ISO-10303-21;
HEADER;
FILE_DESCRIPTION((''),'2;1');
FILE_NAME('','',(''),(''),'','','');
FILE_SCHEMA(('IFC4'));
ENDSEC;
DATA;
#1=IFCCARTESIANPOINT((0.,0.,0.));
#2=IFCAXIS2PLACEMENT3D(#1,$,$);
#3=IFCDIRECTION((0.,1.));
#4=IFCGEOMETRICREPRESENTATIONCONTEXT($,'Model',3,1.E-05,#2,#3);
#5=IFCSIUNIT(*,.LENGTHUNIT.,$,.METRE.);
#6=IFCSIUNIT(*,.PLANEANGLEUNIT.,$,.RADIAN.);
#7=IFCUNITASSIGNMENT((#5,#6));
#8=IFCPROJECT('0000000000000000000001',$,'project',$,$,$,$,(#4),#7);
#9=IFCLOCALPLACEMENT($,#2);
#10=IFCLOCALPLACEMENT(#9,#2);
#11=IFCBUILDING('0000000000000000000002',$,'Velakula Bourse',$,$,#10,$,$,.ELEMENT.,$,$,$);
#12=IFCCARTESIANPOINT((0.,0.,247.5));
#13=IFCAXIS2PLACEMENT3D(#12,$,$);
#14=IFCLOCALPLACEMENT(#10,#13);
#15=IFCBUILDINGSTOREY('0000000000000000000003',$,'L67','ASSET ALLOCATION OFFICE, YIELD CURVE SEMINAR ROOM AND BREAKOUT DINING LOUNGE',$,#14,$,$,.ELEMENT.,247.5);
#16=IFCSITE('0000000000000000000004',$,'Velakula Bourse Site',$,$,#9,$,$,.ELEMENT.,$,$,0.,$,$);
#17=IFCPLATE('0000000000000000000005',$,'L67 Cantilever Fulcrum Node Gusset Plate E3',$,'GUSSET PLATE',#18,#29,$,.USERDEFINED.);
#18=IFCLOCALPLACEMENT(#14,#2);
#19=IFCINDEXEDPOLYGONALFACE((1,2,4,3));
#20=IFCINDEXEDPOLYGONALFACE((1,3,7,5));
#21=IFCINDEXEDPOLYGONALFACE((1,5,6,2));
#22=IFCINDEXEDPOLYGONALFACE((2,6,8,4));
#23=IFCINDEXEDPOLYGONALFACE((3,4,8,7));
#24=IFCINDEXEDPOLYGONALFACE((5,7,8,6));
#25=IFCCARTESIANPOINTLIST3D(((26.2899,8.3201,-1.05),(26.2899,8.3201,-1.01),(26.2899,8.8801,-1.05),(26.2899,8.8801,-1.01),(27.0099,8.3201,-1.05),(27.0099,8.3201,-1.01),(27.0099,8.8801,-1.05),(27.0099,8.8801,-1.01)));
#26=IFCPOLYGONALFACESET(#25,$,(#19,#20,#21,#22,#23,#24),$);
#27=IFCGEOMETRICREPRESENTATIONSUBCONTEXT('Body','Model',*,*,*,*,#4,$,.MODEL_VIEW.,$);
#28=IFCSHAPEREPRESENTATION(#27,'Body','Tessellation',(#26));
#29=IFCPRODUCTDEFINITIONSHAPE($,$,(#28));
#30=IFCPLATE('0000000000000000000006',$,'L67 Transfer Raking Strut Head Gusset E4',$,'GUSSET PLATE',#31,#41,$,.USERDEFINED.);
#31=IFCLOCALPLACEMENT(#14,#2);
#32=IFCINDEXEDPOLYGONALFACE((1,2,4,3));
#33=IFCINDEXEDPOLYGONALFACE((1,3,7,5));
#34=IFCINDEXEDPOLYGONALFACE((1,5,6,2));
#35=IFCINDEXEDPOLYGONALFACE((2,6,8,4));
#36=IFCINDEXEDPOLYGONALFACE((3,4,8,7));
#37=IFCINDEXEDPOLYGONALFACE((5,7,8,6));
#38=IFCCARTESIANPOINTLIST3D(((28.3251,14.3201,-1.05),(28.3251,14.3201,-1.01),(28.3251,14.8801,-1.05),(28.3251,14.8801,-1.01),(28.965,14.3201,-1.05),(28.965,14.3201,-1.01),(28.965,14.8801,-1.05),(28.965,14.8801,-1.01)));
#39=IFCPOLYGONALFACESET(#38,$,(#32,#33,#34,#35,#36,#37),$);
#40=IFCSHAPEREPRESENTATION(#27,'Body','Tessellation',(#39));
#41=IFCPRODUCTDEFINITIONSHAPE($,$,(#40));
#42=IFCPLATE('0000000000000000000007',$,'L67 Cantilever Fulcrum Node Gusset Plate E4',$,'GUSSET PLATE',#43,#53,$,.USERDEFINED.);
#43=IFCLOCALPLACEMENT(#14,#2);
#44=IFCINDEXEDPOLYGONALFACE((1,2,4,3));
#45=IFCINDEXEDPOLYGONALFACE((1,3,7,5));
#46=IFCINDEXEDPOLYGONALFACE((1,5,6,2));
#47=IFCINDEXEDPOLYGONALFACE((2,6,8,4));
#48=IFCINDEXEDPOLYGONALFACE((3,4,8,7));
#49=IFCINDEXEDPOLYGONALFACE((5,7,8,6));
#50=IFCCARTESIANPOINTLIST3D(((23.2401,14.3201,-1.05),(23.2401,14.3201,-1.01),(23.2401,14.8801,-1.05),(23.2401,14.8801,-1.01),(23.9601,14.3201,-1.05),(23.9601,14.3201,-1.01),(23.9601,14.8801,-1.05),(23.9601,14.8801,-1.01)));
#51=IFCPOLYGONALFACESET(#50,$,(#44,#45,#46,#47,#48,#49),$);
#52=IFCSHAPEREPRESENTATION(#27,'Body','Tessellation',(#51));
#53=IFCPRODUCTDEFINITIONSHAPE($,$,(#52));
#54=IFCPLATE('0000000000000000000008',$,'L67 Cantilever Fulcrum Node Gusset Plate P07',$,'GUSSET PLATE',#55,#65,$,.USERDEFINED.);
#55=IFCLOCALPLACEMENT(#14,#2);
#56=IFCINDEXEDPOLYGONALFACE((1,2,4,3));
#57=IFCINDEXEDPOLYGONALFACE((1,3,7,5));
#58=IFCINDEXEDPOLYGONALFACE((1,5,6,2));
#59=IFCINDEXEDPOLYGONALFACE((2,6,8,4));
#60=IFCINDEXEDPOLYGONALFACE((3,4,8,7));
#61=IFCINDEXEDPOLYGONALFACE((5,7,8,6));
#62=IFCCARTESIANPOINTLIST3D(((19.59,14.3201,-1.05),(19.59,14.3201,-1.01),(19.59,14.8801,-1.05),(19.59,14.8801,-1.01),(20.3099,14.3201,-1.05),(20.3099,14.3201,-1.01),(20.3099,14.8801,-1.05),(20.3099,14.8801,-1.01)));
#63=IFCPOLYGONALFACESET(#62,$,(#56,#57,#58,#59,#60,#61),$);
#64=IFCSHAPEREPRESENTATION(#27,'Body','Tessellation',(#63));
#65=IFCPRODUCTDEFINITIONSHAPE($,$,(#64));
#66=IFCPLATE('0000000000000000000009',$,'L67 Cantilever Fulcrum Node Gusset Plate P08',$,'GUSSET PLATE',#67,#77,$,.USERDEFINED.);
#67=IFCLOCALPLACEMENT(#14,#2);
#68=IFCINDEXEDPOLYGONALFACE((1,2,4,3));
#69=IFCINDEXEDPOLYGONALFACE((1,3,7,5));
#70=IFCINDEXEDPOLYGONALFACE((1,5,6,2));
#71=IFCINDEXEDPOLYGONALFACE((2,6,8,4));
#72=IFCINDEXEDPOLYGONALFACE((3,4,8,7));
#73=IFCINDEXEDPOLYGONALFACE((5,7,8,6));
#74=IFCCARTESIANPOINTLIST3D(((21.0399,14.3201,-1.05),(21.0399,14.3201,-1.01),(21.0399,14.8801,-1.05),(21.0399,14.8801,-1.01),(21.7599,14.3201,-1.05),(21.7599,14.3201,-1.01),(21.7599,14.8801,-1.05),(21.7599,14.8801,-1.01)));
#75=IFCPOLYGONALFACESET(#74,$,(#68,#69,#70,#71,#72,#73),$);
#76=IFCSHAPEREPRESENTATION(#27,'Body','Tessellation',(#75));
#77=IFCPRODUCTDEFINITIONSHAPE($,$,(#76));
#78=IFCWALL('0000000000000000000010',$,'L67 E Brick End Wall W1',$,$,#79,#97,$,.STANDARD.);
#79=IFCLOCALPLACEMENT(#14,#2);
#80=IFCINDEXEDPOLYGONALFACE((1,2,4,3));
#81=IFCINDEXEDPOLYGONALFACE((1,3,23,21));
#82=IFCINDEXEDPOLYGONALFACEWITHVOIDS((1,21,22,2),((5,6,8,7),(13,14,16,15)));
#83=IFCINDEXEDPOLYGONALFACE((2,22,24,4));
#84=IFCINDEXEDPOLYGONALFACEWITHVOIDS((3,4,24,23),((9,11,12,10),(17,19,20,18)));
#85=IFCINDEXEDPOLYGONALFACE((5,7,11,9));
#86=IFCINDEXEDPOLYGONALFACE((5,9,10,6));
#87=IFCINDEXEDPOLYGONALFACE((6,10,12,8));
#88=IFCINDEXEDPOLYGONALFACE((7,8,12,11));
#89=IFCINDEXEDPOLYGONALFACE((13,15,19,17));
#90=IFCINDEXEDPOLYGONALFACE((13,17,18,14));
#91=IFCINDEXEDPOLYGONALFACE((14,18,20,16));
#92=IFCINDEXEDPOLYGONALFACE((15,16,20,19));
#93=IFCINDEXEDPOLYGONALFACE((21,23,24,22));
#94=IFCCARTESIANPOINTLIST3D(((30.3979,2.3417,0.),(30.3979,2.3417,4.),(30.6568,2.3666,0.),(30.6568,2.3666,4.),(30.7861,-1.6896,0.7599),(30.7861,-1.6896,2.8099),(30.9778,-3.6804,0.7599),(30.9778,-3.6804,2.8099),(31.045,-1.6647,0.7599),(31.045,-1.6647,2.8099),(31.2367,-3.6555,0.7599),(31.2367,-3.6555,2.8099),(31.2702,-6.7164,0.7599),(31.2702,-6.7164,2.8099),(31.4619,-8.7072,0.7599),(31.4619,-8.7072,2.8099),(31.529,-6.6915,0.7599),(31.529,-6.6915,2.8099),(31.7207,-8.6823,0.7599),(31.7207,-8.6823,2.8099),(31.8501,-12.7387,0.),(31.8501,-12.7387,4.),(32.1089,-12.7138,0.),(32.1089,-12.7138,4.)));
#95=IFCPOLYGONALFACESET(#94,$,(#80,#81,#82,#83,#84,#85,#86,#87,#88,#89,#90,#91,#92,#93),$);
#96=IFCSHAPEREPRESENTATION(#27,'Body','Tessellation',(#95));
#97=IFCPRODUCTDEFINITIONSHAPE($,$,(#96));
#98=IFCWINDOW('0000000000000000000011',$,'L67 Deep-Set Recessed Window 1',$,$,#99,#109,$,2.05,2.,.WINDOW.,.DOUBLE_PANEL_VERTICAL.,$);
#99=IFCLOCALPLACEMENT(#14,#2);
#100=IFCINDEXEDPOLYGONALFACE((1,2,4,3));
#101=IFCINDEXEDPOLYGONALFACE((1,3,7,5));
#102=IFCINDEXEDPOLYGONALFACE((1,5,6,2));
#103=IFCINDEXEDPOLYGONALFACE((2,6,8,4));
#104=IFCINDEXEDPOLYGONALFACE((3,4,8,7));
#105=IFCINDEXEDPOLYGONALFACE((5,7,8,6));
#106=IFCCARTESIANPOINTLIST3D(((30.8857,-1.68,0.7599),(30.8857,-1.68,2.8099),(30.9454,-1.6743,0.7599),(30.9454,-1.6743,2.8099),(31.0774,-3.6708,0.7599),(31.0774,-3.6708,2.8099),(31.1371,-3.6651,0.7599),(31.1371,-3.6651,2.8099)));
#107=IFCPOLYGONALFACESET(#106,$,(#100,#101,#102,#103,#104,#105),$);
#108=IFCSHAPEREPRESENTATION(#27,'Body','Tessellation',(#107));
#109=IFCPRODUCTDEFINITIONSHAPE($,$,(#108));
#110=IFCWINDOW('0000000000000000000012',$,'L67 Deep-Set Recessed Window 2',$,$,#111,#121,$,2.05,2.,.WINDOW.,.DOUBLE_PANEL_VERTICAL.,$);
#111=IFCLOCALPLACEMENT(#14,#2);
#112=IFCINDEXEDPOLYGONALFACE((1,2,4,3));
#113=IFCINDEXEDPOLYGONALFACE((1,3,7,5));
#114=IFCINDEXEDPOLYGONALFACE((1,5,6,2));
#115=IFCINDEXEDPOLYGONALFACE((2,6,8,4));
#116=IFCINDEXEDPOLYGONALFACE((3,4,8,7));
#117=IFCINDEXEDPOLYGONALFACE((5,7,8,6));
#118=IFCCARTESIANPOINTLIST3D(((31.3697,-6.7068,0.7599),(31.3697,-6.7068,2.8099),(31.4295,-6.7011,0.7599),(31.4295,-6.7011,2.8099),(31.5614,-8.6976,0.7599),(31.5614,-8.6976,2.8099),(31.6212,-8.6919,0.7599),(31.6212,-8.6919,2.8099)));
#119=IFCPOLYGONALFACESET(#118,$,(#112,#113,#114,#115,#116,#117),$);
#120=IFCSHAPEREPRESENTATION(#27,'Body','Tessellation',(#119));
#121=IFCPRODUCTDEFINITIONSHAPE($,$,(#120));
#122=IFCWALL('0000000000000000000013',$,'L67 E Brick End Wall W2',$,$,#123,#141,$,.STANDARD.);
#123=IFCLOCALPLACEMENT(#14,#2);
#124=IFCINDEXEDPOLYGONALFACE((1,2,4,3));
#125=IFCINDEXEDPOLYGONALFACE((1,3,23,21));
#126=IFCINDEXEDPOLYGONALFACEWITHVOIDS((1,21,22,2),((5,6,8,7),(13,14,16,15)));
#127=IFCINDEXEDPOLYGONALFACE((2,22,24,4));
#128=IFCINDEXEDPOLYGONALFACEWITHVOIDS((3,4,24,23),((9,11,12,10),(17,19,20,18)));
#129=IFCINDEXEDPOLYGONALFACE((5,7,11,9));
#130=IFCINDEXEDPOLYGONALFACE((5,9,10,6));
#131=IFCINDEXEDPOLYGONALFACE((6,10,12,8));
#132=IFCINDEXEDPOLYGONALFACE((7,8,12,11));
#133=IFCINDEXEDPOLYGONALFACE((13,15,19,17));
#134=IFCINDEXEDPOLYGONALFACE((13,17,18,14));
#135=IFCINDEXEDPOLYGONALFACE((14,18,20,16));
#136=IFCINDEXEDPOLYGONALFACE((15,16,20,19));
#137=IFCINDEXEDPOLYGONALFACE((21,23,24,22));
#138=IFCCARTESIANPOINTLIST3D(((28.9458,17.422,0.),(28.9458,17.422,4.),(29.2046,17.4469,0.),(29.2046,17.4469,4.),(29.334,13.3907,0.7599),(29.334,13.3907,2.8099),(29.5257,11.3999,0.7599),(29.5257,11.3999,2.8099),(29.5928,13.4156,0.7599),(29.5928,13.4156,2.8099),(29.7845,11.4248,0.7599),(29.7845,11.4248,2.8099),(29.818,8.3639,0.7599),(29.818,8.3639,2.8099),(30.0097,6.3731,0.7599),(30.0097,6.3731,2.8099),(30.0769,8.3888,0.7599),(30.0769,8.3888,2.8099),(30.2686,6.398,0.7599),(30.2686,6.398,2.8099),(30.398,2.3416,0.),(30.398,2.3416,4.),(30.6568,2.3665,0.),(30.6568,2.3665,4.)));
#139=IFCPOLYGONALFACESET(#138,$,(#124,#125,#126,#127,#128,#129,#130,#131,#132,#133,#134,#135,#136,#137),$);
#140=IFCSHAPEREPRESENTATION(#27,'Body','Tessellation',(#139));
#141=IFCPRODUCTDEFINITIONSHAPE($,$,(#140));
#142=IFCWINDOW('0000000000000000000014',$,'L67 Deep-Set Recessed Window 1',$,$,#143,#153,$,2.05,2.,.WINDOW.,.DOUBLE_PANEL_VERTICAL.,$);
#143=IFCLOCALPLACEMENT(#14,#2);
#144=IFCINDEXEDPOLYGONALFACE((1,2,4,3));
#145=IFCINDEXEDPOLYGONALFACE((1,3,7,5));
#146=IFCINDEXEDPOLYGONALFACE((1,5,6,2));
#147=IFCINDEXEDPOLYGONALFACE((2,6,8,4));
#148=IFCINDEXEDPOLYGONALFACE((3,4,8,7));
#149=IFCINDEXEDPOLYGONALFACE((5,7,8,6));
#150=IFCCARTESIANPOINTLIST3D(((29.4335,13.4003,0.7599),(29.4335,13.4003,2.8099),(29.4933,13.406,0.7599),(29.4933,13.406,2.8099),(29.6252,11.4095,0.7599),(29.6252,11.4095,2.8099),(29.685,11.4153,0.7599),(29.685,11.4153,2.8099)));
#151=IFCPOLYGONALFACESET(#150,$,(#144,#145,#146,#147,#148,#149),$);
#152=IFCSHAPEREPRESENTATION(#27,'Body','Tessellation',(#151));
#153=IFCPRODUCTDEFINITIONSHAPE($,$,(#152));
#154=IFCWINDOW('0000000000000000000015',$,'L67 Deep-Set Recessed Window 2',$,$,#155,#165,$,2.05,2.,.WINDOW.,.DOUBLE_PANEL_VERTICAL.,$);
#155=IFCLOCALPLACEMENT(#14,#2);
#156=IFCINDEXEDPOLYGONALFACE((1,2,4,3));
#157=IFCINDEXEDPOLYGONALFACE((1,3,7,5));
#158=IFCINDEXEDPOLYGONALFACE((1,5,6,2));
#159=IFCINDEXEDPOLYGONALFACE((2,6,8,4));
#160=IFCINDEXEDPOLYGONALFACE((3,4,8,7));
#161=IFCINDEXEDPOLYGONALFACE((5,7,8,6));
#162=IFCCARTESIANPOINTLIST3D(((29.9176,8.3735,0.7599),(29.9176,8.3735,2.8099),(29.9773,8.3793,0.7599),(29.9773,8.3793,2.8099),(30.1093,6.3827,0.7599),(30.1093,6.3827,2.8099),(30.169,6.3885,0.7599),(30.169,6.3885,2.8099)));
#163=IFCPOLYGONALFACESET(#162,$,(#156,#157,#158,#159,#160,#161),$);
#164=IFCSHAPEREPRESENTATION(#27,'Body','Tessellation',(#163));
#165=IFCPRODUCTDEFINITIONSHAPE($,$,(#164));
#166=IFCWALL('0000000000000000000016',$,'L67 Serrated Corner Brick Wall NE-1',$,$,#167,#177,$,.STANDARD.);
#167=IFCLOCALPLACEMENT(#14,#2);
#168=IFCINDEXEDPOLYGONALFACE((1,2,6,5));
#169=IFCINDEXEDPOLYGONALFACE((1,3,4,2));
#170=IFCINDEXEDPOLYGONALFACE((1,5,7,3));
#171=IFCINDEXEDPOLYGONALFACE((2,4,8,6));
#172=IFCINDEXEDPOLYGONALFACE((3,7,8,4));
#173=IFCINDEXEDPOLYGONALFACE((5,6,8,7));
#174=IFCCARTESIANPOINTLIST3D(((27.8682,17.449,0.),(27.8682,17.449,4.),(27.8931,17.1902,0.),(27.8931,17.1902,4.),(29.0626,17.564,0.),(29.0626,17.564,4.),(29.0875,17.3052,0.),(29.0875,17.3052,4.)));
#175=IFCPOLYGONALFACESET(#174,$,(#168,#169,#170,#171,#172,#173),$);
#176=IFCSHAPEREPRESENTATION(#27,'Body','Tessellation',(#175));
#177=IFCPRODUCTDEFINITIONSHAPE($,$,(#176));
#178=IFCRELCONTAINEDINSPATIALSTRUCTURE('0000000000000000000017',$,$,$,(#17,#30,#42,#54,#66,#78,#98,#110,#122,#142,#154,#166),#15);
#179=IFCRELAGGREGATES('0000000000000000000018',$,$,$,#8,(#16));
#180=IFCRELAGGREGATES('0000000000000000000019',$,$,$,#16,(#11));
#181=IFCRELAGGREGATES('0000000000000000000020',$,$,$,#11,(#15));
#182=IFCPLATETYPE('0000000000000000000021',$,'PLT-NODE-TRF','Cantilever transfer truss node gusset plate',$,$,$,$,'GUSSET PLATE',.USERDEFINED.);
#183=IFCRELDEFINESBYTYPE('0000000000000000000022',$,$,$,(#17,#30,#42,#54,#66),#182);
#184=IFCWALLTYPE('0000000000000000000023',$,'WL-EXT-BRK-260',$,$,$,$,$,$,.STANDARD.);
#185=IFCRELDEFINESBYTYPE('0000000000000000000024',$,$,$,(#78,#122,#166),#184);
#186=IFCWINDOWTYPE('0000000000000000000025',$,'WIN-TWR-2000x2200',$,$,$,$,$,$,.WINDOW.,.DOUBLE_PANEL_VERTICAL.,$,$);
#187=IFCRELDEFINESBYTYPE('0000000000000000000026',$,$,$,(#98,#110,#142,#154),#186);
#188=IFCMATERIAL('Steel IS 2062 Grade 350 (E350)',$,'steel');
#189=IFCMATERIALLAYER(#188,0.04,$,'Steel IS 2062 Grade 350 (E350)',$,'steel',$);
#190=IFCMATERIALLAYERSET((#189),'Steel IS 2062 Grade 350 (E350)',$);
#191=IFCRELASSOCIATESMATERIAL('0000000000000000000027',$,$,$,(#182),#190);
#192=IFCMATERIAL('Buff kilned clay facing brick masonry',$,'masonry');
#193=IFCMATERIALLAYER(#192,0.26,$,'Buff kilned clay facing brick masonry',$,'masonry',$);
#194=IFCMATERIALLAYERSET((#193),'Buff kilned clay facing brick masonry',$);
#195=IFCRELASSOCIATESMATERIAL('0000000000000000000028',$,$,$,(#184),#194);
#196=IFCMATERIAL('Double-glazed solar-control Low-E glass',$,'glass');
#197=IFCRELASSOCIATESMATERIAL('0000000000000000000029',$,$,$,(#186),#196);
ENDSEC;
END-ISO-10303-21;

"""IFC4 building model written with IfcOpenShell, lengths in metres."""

from ifc_helpers import new_model, si_unit, direction, frame, frame_2d, origin, origin_2d, place, context, subcontext, project, spatial, rectangle, extrude, material, layer, layer_set, type_object, element, fill, save


model = new_model("IFC4")

# Units and contexts
model_context = context("Model", 3, precision=1e-05, world=origin(), true_north=direction((0.0, 1.0)))
body_context = subcontext(model_context, "Body", "Model", "MODEL_VIEW")
ifc_project = project(units=[si_unit("LENGTHUNIT", "METRE"), si_unit("PLANEANGLEUNIT", "RADIAN")], contexts=[model_context])

# Site, building, storey
site_placement = place(None, origin())
site = spatial("IfcSite", under=ifc_project, at=site_placement, Name="Velakula Bourse Site", CompositionType="ELEMENT", RefElevation=0.0)
building_placement = place(site_placement, origin())
building = spatial("IfcBuilding", under=site, at=building_placement, Name="Velakula Bourse", CompositionType="ELEMENT")
storey_placement = place(building_placement, frame((0.0, 0.0, 247.5)))
storey = spatial("IfcBuildingStorey", under=building, at=storey_placement, Name="L67", Description="ASSET ALLOCATION OFFICE, YIELD CURVE SEMINAR ROOM AND BREAKOUT DINING LOUNGE", CompositionType="ELEMENT", Elevation=247.5)

# Shared definitions
ifc_material_1 = material(Name="Steel IS 2062 Grade 350 (E350)", Category="steel")

# Plates
ifc_layer_1 = layer(ifc_material_1, 0.04, Name="Steel IS 2062 Grade 350 (E350)", Category="steel")
ifc_layer_set_1 = layer_set([ifc_layer_1], Name="Steel IS 2062 Grade 350 (E350)")
plate_type = type_object("IfcPlateType", Name="PLT-NODE-TRF", Description="Cantilever transfer truss node gusset plate", ElementType="GUSSET PLATE", PredefinedType="USERDEFINED", material=ifc_layer_set_1)
plate_1_placement = place(storey_placement, frame((26.6499, 8.6001, -1.05), z_axis=(0.0, 0.0, 1.0), x_axis=(1.0, 0.0, 0.0)))
element("IfcPlate", 1, at=plate_1_placement, inside=storey, type_object=plate_type, Name="L67 Cantilever Fulcrum Node Gusset Plate E3", ObjectType="GUSSET PLATE", PredefinedType="USERDEFINED", context=body_context, shape_type="SweptSolid", body=[
    extrude(rectangle(XDim=0.72, YDim=0.5601, at=origin_2d()), origin(), (0.0, 0.0, 1.0), 0.04),
])
plate_2_placement = place(storey_placement, frame((28.645, 14.6001, -1.05), z_axis=(0.0, 0.0, 1.0), x_axis=(1.0, 0.0, 0.0)))
element("IfcPlate", 2, at=plate_2_placement, inside=storey, type_object=plate_type, Name="L67 Transfer Raking Strut Head Gusset E4", ObjectType="GUSSET PLATE", PredefinedType="USERDEFINED", context=body_context, shape_type="SweptSolid", body=[
    extrude(rectangle(XDim=0.6399, YDim=0.5601, at=origin_2d()), origin(), (0.0, 0.0, 1.0), 0.04),
])
plate_3_placement = place(storey_placement, frame((23.6001, 14.6001, -1.05), z_axis=(0.0, 0.0, 1.0), x_axis=(1.0, 0.0, 0.0)))
element("IfcPlate", 3, at=plate_3_placement, inside=storey, type_object=plate_type, Name="L67 Cantilever Fulcrum Node Gusset Plate E4", ObjectType="GUSSET PLATE", PredefinedType="USERDEFINED", context=body_context, shape_type="SweptSolid", body=[
    extrude(rectangle(XDim=0.72, YDim=0.5601, at=origin_2d()), origin(), (0.0, 0.0, 1.0), 0.04),
])
for number, where, z_axis, x_axis, name in (
    (4, (19.95, 14.6001, -1.05), (0.0, 0.0, 1.0), (0.0, 1.0, 0.0), "L67 Cantilever Fulcrum Node Gusset Plate P07"),
    (5, (21.3999, 14.6001, -1.05), (0.0, 0.0, 1.0), (0.0, 1.0, 0.0), "L67 Cantilever Fulcrum Node Gusset Plate P08"),
):
    element("IfcPlate", number, at=place(storey_placement, frame(where, z_axis=z_axis, x_axis=x_axis)), inside=storey, type_object=plate_type, Name=name, ObjectType="GUSSET PLATE", PredefinedType="USERDEFINED", context=body_context, shape_type="SweptSolid", body=[
        extrude(rectangle(XDim=0.5601, YDim=0.72, at=origin_2d()), origin(), (0.0, 0.0, 1.0), 0.04),
    ])

# Walls, openings, windows
ifc_material_2 = material(Name="Buff kilned clay facing brick masonry", Category="masonry")
ifc_layer_2 = layer(ifc_material_2, 0.26, Name="Buff kilned clay facing brick masonry", Category="masonry")
ifc_layer_set_2 = layer_set([ifc_layer_2], Name="Buff kilned clay facing brick masonry")
wall_type = type_object("IfcWallType", Name="WL-EXT-BRK-260", PredefinedType="STANDARD", material=ifc_layer_set_2)
wall_1_placement = place(storey_placement, frame((30.5273, 2.3542, 0.0), z_axis=(0.0, 0.0, 1.0), x_axis=(0.095851, -0.995396, 0.0)))
wall_1 = element("IfcWall", 6, at=wall_1_placement, inside=storey, type_object=wall_type, Name="L67 E Brick End Wall W1", PredefinedType="STANDARD", context=body_context, shape_type="SweptSolid", body=[
    extrude(rectangle(XDim=15.1501, YDim=0.26, at=frame_2d((7.5752, 0.0))), origin(), (0.0, 0.0, 1.0), 4.0),
])
opening_1_placement = place(wall_1_placement, frame((4.05, 0.0, 0.76)))
opening_1 = element("IfcOpeningElement", 7, at=opening_1_placement, cuts=wall_1, PredefinedType="OPENING", context=body_context, shape_type="SweptSolid", body=[
    extrude(rectangle(XDim=2.0, YDim=2.05, at=frame_2d((1.0, 1.0249))), frame((0.0, 0.1399, 0.0), z_axis=(0.0, -1.0, 0.0), x_axis=(1.0, 0.0, 0.0)), (0.0, 0.0, 1.0), 0.28),
])
opening_2_placement = place(wall_1_placement, frame((9.1001, 0.0, 0.76)))
opening_2 = element("IfcOpeningElement", 8, at=opening_2_placement, cuts=wall_1, PredefinedType="OPENING", context=body_context, shape_type="SweptSolid", body=[
    extrude(rectangle(XDim=2.0, YDim=2.05, at=frame_2d((1.0, 1.0249))), frame((0.0, 0.1399, 0.0), z_axis=(0.0, -1.0, 0.0), x_axis=(1.0, 0.0, 0.0)), (0.0, 0.0, 1.0), 0.28),
])
ifc_material_3 = material(Name="Double-glazed solar-control Low-E glass", Category="glass")
window_type = type_object("IfcWindowType", Name="WIN-TWR-2000x2200", PartitioningType="DOUBLE_PANEL_VERTICAL", PredefinedType="WINDOW", material=ifc_material_3)
window_1_placement = place(opening_1_placement, origin())
window_1 = element("IfcWindow", 9, at=window_1_placement, inside=storey, type_object=window_type, Name="L67 Deep-Set Recessed Window 1", OverallHeight=2.05, OverallWidth=2.0, PartitioningType="DOUBLE_PANEL_VERTICAL", PredefinedType="WINDOW", context=body_context, shape_type="SweptSolid", body=[
    extrude(rectangle(XDim=2.0, YDim=2.05, at=frame_2d((1.0, 1.0249))), frame((0.0, 0.03, 0.0), z_axis=(0.0, -1.0, 0.0), x_axis=(1.0, 0.0, 0.0)), (0.0, 0.0, 1.0), 0.0601),
])
fill(opening_1, window_1)
window_2_placement = place(opening_2_placement, origin())
window_2 = element("IfcWindow", 10, at=window_2_placement, inside=storey, type_object=window_type, Name="L67 Deep-Set Recessed Window 2", OverallHeight=2.05, OverallWidth=2.0, PartitioningType="DOUBLE_PANEL_VERTICAL", PredefinedType="WINDOW", context=body_context, shape_type="SweptSolid", body=[
    extrude(rectangle(XDim=2.0, YDim=2.05, at=frame_2d((1.0, 1.0249))), frame((0.0, 0.03, 0.0), z_axis=(0.0, -1.0, 0.0), x_axis=(1.0, 0.0, 0.0)), (0.0, 0.0, 1.0), 0.0601),
])
fill(opening_2, window_2)
wall_2_placement = place(storey_placement, frame((29.0752, 17.4346, 0.0), z_axis=(0.0, 0.0, 1.0), x_axis=(0.095851, -0.995396, 0.0)))
wall_2 = element("IfcWall", 11, at=wall_2_placement, inside=storey, type_object=wall_type, Name="L67 E Brick End Wall W2", PredefinedType="STANDARD", context=body_context, shape_type="SweptSolid", body=[
    extrude(rectangle(XDim=15.1501, YDim=0.26, at=frame_2d((7.5752, 0.0))), origin(), (0.0, 0.0, 1.0), 4.0),
])
opening_3_placement = place(wall_2_placement, frame((4.05, 0.0, 0.76)))
opening_3 = element("IfcOpeningElement", 12, at=opening_3_placement, cuts=wall_2, PredefinedType="OPENING", context=body_context, shape_type="SweptSolid", body=[
    extrude(rectangle(XDim=2.0, YDim=2.05, at=frame_2d((1.0, 1.0249))), frame((0.0, 0.1399, 0.0), z_axis=(0.0, -1.0, 0.0), x_axis=(1.0, 0.0, 0.0)), (0.0, 0.0, 1.0), 0.28),
])
opening_4_placement = place(wall_2_placement, frame((9.1001, 0.0, 0.76)))
opening_4 = element("IfcOpeningElement", 13, at=opening_4_placement, cuts=wall_2, PredefinedType="OPENING", context=body_context, shape_type="SweptSolid", body=[
    extrude(rectangle(XDim=2.0, YDim=2.05, at=frame_2d((1.0, 1.0249))), frame((0.0, 0.1399, 0.0), z_axis=(0.0, -1.0, 0.0), x_axis=(1.0, 0.0, 0.0)), (0.0, 0.0, 1.0), 0.28),
])
window_3_placement = place(opening_3_placement, origin())
window_3 = element("IfcWindow", 14, at=window_3_placement, inside=storey, type_object=window_type, Name="L67 Deep-Set Recessed Window 1", OverallHeight=2.05, OverallWidth=2.0, PartitioningType="DOUBLE_PANEL_VERTICAL", PredefinedType="WINDOW", context=body_context, shape_type="SweptSolid", body=[
    extrude(rectangle(XDim=2.0, YDim=2.05, at=frame_2d((1.0, 1.0249))), frame((0.0, 0.03, 0.0), z_axis=(0.0, -1.0, 0.0), x_axis=(1.0, 0.0, 0.0)), (0.0, 0.0, 1.0), 0.0601),
])
fill(opening_3, window_3)
window_4_placement = place(opening_4_placement, origin())
window_4 = element("IfcWindow", 15, at=window_4_placement, inside=storey, type_object=window_type, Name="L67 Deep-Set Recessed Window 2", OverallHeight=2.05, OverallWidth=2.0, PartitioningType="DOUBLE_PANEL_VERTICAL", PredefinedType="WINDOW", context=body_context, shape_type="SweptSolid", body=[
    extrude(rectangle(XDim=2.0, YDim=2.05, at=frame_2d((1.0, 1.0249))), frame((0.0, 0.03, 0.0), z_axis=(0.0, -1.0, 0.0), x_axis=(1.0, 0.0, 0.0)), (0.0, 0.0, 1.0), 0.0601),
])
fill(opening_4, window_4)

# Wall
for number, where, z_axis, x_axis, name in (
    (16, (29.0752, 17.4346, 0.0), (0.0, 0.0, 1.0), (-0.995397, -0.095836, 0.0), "L67 Serrated Corner Brick Wall NE-1"),
):
    element("IfcWall", number, at=place(storey_placement, frame(where, z_axis=z_axis, x_axis=x_axis)), inside=storey, type_object=wall_type, Name=name, PredefinedType="STANDARD", context=body_context, shape_type="SweptSolid", body=[
        extrude(rectangle(XDim=1.2, YDim=0.26, at=frame_2d((0.6001, 0.0))), origin(), (0.0, 0.0, 1.0), 4.0),
    ])

save(model, "model.ifc")
